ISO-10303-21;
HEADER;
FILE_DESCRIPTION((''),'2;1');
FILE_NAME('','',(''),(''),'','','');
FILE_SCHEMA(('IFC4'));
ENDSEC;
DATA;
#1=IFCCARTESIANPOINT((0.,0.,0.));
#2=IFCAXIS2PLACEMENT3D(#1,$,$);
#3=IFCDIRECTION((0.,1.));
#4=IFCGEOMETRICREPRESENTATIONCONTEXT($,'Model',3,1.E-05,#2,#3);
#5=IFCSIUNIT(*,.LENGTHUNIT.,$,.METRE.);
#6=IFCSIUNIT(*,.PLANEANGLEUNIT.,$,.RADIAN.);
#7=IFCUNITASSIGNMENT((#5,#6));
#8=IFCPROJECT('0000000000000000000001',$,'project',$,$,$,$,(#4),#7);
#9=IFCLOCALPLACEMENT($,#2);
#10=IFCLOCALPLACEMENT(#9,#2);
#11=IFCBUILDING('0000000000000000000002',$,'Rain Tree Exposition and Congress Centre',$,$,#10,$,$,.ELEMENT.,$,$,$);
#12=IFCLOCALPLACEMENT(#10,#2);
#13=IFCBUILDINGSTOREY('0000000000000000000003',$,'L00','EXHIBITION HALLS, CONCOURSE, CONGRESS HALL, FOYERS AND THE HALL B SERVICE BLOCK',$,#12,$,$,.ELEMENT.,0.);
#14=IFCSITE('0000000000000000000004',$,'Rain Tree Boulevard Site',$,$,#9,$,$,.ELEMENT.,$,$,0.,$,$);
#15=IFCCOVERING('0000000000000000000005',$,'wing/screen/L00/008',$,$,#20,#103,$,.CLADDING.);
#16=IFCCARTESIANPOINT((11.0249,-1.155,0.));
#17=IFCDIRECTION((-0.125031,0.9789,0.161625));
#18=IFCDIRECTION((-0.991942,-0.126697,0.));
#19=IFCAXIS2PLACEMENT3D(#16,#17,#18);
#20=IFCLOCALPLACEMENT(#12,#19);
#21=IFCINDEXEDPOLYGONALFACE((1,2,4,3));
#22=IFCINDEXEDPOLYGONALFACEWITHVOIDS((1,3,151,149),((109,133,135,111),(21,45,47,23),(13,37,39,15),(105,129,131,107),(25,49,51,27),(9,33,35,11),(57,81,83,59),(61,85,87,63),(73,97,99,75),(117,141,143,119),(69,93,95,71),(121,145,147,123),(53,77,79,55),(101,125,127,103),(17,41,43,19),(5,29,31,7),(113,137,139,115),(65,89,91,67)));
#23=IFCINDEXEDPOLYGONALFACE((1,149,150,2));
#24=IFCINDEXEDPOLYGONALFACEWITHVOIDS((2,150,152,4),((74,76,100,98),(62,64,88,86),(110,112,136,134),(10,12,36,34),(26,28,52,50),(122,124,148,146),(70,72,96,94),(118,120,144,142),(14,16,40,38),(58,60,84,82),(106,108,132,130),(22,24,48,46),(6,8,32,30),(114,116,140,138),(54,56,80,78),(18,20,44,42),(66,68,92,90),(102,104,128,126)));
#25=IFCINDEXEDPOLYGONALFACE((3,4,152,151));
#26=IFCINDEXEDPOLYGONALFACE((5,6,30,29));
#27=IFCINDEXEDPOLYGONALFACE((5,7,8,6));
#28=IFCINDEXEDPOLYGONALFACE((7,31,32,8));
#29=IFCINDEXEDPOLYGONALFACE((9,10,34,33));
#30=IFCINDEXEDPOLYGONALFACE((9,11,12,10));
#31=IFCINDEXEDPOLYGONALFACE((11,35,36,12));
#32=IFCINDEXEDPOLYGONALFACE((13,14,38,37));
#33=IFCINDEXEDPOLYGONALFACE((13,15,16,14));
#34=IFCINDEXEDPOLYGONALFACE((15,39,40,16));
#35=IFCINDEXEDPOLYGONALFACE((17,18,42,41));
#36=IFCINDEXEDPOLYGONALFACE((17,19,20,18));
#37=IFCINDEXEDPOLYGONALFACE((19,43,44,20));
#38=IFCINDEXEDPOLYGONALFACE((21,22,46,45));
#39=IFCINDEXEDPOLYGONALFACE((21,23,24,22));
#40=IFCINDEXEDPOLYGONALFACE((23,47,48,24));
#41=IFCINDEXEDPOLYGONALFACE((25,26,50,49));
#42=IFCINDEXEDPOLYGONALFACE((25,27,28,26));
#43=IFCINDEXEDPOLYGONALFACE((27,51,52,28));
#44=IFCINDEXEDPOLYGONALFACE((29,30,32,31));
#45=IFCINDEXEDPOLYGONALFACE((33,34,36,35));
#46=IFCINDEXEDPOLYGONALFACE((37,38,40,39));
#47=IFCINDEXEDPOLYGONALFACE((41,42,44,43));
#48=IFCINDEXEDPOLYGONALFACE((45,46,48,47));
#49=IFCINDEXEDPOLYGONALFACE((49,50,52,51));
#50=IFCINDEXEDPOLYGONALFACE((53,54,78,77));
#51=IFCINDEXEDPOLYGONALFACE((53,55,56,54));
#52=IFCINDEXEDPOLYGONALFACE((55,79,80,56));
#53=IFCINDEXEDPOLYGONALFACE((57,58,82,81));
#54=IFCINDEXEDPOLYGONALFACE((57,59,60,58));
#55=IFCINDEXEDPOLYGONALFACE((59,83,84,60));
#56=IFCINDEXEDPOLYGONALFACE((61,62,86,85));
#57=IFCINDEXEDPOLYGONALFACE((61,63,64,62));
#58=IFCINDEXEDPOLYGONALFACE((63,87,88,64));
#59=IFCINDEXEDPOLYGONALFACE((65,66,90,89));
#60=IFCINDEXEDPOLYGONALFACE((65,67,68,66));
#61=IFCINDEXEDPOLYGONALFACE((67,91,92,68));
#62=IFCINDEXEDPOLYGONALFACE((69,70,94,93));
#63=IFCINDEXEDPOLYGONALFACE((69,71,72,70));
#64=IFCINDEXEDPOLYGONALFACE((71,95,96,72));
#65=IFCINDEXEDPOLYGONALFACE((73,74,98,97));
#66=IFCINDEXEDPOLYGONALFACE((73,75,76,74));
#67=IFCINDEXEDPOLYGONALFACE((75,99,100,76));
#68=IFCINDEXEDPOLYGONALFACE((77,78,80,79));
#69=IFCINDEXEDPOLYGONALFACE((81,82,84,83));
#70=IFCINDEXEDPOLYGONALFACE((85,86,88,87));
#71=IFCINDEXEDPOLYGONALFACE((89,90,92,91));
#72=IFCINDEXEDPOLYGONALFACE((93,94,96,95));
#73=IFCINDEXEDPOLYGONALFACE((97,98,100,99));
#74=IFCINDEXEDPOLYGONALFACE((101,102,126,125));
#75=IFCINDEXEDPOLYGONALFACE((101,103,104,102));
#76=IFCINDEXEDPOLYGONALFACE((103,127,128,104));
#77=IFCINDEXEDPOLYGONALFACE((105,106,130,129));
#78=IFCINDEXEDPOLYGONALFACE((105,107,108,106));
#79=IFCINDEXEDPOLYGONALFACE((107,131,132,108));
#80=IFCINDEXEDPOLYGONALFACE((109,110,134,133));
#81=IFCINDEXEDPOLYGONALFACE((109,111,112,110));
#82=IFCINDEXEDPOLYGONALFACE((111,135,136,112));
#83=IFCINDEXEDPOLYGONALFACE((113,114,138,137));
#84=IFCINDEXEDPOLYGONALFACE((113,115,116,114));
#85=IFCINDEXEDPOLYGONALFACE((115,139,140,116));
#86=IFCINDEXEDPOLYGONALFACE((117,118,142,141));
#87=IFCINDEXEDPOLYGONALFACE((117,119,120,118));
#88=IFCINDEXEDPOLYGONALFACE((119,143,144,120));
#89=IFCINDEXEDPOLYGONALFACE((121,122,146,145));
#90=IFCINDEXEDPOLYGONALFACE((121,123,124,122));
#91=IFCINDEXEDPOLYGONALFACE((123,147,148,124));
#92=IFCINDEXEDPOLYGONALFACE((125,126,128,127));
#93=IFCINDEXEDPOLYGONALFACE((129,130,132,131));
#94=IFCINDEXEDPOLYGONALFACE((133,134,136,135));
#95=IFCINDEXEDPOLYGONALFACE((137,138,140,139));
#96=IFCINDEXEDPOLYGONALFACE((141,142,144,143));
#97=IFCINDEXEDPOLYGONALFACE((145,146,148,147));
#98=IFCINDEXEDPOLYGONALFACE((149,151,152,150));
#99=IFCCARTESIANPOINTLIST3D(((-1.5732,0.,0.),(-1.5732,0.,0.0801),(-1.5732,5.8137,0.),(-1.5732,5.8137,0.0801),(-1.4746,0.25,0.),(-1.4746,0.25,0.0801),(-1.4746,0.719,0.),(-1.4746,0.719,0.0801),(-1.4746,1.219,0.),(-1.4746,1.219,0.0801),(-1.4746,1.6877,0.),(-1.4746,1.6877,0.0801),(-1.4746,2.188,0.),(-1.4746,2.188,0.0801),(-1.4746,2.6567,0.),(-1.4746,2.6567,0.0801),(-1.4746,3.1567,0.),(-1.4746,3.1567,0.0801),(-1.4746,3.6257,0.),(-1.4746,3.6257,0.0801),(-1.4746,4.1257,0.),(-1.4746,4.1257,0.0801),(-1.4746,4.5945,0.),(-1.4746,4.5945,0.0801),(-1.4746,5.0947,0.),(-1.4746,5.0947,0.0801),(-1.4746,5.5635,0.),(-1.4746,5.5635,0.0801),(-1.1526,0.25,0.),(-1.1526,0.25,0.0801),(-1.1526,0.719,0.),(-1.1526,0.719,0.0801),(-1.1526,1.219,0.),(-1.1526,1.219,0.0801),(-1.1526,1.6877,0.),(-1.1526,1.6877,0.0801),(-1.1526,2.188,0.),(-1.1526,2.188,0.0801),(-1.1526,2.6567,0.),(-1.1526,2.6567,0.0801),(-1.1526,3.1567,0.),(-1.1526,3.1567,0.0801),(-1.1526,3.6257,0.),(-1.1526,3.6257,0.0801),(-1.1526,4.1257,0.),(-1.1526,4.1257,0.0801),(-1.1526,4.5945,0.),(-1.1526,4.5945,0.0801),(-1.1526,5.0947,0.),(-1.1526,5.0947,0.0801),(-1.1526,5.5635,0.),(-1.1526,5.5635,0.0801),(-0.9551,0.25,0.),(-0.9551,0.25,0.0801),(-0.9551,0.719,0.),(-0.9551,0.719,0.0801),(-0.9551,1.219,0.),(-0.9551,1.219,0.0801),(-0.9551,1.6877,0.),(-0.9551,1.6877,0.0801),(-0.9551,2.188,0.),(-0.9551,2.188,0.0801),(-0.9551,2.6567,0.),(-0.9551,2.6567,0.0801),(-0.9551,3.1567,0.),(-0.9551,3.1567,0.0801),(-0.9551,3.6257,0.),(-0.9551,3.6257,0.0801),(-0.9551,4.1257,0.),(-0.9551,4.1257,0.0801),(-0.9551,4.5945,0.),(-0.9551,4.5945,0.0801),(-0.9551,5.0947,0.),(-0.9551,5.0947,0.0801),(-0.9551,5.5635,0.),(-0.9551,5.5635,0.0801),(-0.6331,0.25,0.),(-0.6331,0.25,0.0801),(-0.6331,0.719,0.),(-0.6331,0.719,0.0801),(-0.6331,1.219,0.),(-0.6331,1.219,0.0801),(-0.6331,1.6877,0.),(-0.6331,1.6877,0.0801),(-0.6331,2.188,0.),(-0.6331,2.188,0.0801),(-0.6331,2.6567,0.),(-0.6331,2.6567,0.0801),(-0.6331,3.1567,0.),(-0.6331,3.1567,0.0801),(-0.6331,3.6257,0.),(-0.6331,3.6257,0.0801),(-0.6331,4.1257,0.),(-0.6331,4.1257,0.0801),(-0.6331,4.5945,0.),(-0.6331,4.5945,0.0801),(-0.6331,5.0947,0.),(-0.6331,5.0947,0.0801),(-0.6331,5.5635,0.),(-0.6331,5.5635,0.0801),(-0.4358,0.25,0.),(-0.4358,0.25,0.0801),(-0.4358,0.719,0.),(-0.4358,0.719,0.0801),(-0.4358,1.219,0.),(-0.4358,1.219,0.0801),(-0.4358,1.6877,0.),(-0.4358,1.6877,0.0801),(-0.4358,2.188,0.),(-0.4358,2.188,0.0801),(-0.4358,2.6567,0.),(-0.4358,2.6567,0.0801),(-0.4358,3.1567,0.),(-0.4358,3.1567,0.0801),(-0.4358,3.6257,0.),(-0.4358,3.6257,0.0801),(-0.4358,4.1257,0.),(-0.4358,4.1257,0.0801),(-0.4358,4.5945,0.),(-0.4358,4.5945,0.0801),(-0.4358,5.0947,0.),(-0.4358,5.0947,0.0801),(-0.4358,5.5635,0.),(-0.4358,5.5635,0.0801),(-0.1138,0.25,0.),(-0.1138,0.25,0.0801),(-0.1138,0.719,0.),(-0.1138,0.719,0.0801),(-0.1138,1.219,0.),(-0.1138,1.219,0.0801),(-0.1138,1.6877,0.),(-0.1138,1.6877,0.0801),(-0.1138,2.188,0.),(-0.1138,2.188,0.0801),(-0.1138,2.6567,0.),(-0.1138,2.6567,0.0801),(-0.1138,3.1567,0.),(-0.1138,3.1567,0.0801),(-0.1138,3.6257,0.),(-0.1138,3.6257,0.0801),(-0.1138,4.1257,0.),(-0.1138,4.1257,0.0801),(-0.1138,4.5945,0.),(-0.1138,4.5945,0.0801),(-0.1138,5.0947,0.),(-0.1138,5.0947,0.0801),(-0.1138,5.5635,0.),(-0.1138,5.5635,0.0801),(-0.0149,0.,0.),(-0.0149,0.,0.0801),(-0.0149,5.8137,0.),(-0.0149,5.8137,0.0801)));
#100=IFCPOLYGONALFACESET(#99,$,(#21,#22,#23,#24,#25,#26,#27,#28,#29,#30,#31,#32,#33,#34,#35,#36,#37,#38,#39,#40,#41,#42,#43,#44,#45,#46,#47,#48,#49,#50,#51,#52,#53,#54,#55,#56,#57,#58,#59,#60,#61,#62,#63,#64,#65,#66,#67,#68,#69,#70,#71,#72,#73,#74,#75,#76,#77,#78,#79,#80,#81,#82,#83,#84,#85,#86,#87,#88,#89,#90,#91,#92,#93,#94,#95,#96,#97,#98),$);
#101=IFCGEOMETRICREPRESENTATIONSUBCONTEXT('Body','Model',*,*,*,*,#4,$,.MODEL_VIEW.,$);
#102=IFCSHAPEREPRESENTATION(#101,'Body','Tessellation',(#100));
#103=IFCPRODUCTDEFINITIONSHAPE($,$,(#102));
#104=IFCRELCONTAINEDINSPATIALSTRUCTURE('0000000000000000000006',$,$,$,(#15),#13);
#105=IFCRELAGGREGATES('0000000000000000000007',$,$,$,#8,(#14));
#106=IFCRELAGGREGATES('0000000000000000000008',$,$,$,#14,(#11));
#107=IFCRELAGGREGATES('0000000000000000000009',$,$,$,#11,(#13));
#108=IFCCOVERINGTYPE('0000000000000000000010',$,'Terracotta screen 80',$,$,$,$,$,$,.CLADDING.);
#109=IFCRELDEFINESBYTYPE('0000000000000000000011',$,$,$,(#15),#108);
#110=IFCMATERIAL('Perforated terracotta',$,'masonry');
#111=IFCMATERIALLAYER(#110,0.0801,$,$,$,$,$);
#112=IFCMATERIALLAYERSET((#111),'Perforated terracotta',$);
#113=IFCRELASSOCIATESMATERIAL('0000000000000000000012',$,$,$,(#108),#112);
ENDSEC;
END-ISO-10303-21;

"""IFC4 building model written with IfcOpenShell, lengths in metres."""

from ifc_helpers import new_model, si_unit, direction, frame, origin, place, context, subcontext, project, spatial, polyline, outline, extrude, material, layer, layer_set, type_object, element, save


model = new_model("IFC4")

# Units and contexts
model_context = context("Model", 3, precision=1e-05, world=origin(), true_north=direction((0.0, 1.0)))
body_context = subcontext(model_context, "Body", "Model", "MODEL_VIEW")
ifc_project = project(units=[si_unit("LENGTHUNIT", "METRE"), si_unit("PLANEANGLEUNIT", "RADIAN")], contexts=[model_context])

# Site, building, storey
site_placement = place(None, origin())
site = spatial("IfcSite", under=ifc_project, at=site_placement, Name="Rain Tree Boulevard Site", CompositionType="ELEMENT", RefElevation=0.0)
building_placement = place(site_placement, origin())
building = spatial("IfcBuilding", under=site, at=building_placement, Name="Rain Tree Exposition and Congress Centre", CompositionType="ELEMENT")
storey_placement = place(building_placement, origin())
storey = spatial("IfcBuildingStorey", under=building, at=storey_placement, Name="L00", Description="EXHIBITION HALLS, CONCOURSE, CONGRESS HALL, FOYERS AND THE HALL B SERVICE BLOCK", CompositionType="ELEMENT", Elevation=0.0)

# Covering
ifc_material_1 = material(Name="Perforated terracotta", Category="masonry")
ifc_layer_1 = layer(ifc_material_1, 0.0801)
ifc_layer_set_1 = layer_set([ifc_layer_1], Name="Perforated terracotta")
covering_type = type_object("IfcCoveringType", Name="Terracotta screen 80", PredefinedType="CLADDING", material=ifc_layer_set_1)
covering_1_placement = place(storey_placement, frame((11.0249, -1.155, 0.0), z_axis=(-0.125031, 0.9789, 0.161625), x_axis=(-0.991942, -0.126697, 0.0)))
element("IfcCovering", 1, at=covering_1_placement, inside=storey, type_object=covering_type, Name="wing/screen/L00/008", PredefinedType="CLADDING", context=body_context, shape_type="SweptSolid", body=[
    extrude(outline(polyline([(-1.5732, 0.0), (-1.5732, 5.8137), (-0.0149, 5.8137), (-0.0149, 0.0), (-1.5732, 0.0)]), holes=[polyline([(-0.1138, 0.25), (-0.1138, 0.719), (-0.4358, 0.719), (-0.4358, 0.25), (-0.1138, 0.25)]), polyline([(-0.1138, 1.219), (-0.1138, 1.6877), (-0.4358, 1.6877), (-0.4358, 1.219), (-0.1138, 1.219)]), polyline([(-0.1138, 2.188), (-0.1138, 2.6567), (-0.4358, 2.6567), (-0.4358, 2.188), (-0.1138, 2.188)]), polyline([(-0.1138, 3.1567), (-0.1138, 3.6257), (-0.4358, 3.6257), (-0.4358, 3.1567), (-0.1138, 3.1567)]), polyline([(-0.1138, 4.1257), (-0.1138, 4.5945), (-0.4358, 4.5945), (-0.4358, 4.1257), (-0.1138, 4.1257)]), polyline([(-0.1138, 5.0947), (-0.1138, 5.5635), (-0.4358, 5.5635), (-0.4358, 5.0947), (-0.1138, 5.0947)]), polyline([(-0.6331, 0.25), (-0.6331, 0.719), (-0.9551, 0.719), (-0.9551, 0.25), (-0.6331, 0.25)]), polyline([(-0.6331, 1.219), (-0.6331, 1.6877), (-0.9551, 1.6877), (-0.9551, 1.219), (-0.6331, 1.219)]), polyline([(-0.6331, 2.188), (-0.6331, 2.6567), (-0.9551, 2.6567), (-0.9551, 2.188), (-0.6331, 2.188)]), polyline([(-0.6331, 3.1567), (-0.6331, 3.6257), (-0.9551, 3.6257), (-0.9551, 3.1567), (-0.6331, 3.1567)]), polyline([(-0.6331, 4.1257), (-0.6331, 4.5945), (-0.9551, 4.5945), (-0.9551, 4.1257), (-0.6331, 4.1257)]), polyline([(-0.6331, 5.0947), (-0.6331, 5.5635), (-0.9551, 5.5635), (-0.9551, 5.0947), (-0.6331, 5.0947)]), polyline([(-1.1526, 0.25), (-1.1526, 0.719), (-1.4746, 0.719), (-1.4746, 0.25), (-1.1526, 0.25)]), polyline([(-1.1526, 1.219), (-1.1526, 1.6877), (-1.4746, 1.6877), (-1.4746, 1.219), (-1.1526, 1.219)]), polyline([(-1.1526, 2.188), (-1.1526, 2.6567), (-1.4746, 2.6567), (-1.4746, 2.188), (-1.1526, 2.188)]), polyline([(-1.1526, 3.1567), (-1.1526, 3.6257), (-1.4746, 3.6257), (-1.4746, 3.1567), (-1.1526, 3.1567)]), polyline([(-1.1526, 4.1257), (-1.1526, 4.5945), (-1.4746, 4.5945), (-1.4746, 4.1257), (-1.1526, 4.1257)]), polyline([(-1.1526, 5.0947), (-1.1526, 5.5635), (-1.4746, 5.5635), (-1.4746, 5.0947), (-1.1526, 5.0947)])]), origin(), (0.0, 0.0, 1.0), 0.0801),
])

save(model, "model.ifc")
